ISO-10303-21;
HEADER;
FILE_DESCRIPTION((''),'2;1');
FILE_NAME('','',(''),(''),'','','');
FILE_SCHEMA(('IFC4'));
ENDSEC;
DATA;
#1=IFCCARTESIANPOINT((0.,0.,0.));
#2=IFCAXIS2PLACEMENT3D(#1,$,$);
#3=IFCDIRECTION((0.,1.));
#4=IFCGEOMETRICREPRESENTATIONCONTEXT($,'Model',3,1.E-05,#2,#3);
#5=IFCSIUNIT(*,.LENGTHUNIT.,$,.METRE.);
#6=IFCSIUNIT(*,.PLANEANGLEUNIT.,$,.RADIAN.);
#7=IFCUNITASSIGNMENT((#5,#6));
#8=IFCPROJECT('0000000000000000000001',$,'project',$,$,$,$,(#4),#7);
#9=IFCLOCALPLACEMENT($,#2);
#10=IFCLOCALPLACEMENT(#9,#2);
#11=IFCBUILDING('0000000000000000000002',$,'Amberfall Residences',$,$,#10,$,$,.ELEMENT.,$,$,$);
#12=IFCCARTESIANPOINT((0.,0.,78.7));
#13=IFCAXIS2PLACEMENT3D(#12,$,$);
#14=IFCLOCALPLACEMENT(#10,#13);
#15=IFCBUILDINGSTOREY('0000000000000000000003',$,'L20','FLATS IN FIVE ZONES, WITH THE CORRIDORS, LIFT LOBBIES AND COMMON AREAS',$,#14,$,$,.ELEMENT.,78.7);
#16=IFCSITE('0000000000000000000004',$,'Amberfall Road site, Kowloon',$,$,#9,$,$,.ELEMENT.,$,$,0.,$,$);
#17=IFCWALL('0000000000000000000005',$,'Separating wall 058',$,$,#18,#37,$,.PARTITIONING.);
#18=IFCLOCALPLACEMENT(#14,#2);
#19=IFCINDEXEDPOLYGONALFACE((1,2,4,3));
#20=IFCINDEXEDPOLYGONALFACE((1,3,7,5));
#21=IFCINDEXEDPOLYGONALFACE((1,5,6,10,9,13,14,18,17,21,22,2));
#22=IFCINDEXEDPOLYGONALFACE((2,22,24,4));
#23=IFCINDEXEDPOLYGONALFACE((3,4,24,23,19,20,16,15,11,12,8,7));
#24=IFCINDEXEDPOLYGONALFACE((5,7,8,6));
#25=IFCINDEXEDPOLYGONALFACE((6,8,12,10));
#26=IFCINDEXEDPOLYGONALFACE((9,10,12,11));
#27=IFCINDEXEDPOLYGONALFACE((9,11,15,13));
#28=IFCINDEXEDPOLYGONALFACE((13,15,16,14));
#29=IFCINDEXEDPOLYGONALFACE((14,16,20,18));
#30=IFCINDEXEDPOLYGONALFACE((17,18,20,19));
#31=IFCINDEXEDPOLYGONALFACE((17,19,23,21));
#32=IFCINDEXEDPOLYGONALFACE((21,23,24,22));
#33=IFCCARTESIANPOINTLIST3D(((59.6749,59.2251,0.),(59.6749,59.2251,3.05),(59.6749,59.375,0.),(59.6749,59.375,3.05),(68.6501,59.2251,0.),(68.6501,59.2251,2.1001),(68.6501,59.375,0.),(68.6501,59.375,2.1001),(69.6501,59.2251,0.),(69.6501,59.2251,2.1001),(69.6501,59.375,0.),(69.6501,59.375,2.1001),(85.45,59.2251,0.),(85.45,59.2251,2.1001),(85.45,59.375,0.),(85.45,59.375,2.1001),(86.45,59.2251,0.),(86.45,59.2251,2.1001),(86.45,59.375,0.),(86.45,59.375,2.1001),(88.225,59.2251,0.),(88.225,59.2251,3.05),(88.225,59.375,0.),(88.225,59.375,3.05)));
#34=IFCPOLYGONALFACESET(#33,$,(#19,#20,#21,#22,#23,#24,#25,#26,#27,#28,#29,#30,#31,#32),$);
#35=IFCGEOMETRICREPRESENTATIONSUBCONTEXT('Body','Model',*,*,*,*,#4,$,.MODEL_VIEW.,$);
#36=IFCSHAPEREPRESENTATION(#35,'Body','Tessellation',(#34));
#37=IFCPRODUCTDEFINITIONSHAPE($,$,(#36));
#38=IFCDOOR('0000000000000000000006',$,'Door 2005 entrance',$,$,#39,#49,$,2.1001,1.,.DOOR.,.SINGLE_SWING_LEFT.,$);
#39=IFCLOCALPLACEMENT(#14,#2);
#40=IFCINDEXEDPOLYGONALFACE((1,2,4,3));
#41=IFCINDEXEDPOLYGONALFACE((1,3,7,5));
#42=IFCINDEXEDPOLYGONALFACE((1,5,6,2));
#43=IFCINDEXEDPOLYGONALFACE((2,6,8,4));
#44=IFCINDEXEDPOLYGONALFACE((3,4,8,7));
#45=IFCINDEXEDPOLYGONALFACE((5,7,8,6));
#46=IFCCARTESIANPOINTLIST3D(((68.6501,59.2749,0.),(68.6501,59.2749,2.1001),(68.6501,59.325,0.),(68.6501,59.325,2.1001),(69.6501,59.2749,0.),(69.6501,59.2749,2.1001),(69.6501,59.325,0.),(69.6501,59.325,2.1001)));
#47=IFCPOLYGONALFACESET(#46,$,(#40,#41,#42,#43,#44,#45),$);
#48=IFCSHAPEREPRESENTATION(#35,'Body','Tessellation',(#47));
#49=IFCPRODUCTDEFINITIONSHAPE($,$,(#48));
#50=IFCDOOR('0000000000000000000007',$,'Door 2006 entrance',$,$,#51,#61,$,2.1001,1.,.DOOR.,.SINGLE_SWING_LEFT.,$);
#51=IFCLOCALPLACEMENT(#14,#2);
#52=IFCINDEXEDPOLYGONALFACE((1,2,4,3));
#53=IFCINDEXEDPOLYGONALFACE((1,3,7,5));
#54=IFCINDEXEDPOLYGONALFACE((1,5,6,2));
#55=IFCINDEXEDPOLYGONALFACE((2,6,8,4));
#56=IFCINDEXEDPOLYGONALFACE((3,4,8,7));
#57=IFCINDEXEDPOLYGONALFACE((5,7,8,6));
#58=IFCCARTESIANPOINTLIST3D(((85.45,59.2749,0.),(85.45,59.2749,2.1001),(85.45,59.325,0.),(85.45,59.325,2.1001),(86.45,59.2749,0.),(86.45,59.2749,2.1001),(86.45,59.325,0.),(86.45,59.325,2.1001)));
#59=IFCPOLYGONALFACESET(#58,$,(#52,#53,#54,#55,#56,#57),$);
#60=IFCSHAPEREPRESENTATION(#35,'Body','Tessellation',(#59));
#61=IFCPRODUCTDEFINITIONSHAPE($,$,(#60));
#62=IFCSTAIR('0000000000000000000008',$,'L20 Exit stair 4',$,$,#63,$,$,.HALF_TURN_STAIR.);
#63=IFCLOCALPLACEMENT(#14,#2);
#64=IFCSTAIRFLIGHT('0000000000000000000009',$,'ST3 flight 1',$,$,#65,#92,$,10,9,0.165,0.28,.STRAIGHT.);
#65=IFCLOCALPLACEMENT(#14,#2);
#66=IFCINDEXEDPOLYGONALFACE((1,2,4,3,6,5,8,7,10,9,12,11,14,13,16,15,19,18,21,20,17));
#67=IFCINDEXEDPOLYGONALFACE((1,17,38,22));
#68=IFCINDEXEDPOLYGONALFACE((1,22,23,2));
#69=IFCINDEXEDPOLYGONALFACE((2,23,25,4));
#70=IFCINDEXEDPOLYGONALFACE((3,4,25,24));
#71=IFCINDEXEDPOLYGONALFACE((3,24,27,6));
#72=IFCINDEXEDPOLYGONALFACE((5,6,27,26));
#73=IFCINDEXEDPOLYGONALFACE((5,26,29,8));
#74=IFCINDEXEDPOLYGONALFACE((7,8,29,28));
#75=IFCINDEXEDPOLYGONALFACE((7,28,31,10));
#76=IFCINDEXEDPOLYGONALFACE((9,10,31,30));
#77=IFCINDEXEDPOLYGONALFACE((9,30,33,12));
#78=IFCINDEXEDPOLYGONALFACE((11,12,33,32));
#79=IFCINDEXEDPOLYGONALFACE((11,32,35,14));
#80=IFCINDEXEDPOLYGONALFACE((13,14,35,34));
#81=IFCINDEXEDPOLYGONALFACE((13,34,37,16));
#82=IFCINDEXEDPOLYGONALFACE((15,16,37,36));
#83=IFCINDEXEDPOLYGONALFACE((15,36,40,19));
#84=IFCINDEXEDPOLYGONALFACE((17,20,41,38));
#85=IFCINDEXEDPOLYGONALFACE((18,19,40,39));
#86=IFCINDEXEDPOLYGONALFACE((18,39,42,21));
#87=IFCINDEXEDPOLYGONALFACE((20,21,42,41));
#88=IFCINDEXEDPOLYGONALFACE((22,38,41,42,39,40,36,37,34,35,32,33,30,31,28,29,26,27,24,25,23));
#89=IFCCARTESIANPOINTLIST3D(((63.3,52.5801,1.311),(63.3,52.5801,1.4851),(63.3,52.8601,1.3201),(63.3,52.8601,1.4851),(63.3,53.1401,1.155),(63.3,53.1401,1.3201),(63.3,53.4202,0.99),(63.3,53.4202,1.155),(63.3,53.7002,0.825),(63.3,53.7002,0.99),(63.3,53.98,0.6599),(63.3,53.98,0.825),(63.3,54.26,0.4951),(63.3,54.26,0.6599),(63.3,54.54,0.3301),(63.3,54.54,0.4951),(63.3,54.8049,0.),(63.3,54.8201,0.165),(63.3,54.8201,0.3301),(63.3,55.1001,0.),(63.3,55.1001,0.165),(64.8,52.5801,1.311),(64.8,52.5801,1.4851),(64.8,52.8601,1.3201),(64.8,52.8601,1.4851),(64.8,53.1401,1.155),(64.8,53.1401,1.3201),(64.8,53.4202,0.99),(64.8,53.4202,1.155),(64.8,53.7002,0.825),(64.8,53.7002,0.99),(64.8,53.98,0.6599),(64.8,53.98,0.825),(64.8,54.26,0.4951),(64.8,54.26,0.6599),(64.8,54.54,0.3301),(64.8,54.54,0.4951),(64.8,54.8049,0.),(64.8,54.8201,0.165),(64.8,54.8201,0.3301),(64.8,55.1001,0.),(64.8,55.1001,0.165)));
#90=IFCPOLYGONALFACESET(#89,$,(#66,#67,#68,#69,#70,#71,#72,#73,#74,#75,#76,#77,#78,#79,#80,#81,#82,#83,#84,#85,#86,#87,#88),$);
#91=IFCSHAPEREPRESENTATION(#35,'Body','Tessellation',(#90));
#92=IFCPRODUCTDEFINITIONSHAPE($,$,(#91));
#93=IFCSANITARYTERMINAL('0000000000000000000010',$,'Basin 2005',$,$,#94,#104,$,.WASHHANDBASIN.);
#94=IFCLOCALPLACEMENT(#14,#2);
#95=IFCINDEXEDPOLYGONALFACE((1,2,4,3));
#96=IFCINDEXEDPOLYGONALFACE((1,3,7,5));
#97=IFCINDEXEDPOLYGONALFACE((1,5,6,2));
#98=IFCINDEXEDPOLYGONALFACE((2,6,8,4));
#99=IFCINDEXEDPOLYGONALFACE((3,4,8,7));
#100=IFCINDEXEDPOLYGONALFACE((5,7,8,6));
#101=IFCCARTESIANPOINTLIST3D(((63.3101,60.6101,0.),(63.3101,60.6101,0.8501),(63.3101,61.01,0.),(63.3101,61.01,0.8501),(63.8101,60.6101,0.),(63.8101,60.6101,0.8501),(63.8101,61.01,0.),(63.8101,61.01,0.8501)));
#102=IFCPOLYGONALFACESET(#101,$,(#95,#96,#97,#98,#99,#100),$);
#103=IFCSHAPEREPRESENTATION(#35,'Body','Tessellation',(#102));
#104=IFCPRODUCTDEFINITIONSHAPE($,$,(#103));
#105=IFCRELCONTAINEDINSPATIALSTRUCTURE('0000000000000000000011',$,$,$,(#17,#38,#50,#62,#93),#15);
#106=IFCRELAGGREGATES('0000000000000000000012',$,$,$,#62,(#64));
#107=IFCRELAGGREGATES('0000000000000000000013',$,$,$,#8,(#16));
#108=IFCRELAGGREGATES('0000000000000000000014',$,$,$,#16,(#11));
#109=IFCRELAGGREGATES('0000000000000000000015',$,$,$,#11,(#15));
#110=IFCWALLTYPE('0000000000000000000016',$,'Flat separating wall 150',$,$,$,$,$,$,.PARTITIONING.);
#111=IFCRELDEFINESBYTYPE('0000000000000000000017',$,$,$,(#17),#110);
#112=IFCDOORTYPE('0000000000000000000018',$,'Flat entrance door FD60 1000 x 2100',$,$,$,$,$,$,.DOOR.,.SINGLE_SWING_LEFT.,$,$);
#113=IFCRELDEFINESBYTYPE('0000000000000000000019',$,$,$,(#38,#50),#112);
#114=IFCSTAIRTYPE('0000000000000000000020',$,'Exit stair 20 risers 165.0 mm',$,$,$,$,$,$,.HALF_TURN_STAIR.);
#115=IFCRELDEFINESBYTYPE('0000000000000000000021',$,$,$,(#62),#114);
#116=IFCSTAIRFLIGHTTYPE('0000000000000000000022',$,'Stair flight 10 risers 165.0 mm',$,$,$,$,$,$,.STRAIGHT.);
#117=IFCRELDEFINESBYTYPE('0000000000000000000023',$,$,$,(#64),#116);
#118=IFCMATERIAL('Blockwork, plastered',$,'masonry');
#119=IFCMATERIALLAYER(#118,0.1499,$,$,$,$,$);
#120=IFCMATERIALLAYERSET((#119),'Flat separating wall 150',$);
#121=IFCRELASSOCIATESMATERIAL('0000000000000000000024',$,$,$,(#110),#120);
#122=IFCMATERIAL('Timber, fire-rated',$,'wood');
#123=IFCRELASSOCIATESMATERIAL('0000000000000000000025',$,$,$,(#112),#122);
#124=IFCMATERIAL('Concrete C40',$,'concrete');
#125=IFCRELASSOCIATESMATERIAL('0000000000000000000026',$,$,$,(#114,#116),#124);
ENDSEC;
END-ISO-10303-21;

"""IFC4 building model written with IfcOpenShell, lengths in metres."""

from ifc_helpers import new_model, si_unit, direction, frame, frame_2d, origin, origin_2d, place, context, subcontext, project, spatial, polyline, rectangle, outline, extrude, material, layer, layer_set, type_object, element, fill, aggregate, save


model = new_model("IFC4")

# Units and contexts
model_context = context("Model", 3, precision=1e-05, world=origin(), true_north=direction((0.0, 1.0)))
body_context = subcontext(model_context, "Body", "Model", "MODEL_VIEW")
ifc_project = project(units=[si_unit("LENGTHUNIT", "METRE"), si_unit("PLANEANGLEUNIT", "RADIAN")], contexts=[model_context])

# Site, building, storey
site_placement = place(None, origin())
site = spatial("IfcSite", under=ifc_project, at=site_placement, Name="Amberfall Road site, Kowloon", CompositionType="ELEMENT", RefElevation=0.0)
building_placement = place(site_placement, origin())
building = spatial("IfcBuilding", under=site, at=building_placement, Name="Amberfall Residences", CompositionType="ELEMENT")
storey_placement = place(building_placement, frame((0.0, 0.0, 78.7)))
storey = spatial("IfcBuildingStorey", under=building, at=storey_placement, Name="L20", Description="FLATS IN FIVE ZONES, WITH THE CORRIDORS, LIFT LOBBIES AND COMMON AREAS", CompositionType="ELEMENT", Elevation=78.7)

# Shared definitions
ifc_material_1 = material(Name="Blockwork, plastered", Category="masonry")
ifc_layer_1 = layer(ifc_material_1, 0.1499)
ifc_layer_set_1 = layer_set([ifc_layer_1], Name="Flat separating wall 150")
wall_type_1 = type_object("IfcWallType", Name="Flat separating wall 150", PredefinedType="PARTITIONING", material=ifc_layer_set_1)

# Wall, openings, doors
wall_1_placement = place(storey_placement, frame((59.675, 59.3, 0.0), z_axis=(0.0, 0.0, 1.0), x_axis=(1.0, 0.0, 0.0)))
wall_1 = element("IfcWall", 1, at=wall_1_placement, inside=storey, type_object=wall_type_1, Name="Separating wall 058", PredefinedType="PARTITIONING", context=body_context, shape_type="SweptSolid", body=[
    extrude(rectangle(XDim=28.55, YDim=0.1499, at=frame_2d((14.2749, 0.0))), origin(), (0.0, 0.0, 1.0), 3.05),
])
opening_1_placement = place(wall_1_placement, frame((8.9751, 0.0, 0.0)))
opening_1 = element("IfcOpeningElement", 2, at=opening_1_placement, cuts=wall_1, PredefinedType="OPENING", context=body_context, shape_type="SweptSolid", body=[
    extrude(rectangle(XDim=1.0, YDim=2.1001, at=frame_2d((0.5, 1.05))), frame((0.0, 0.085, 0.0), z_axis=(0.0, -1.0, 0.0), x_axis=(1.0, 0.0, 0.0)), (0.0, 0.0, 1.0), 0.1699),
])
opening_2_placement = place(wall_1_placement, frame((25.7749, 0.0, 0.0)))
opening_2 = element("IfcOpeningElement", 3, at=opening_2_placement, cuts=wall_1, PredefinedType="OPENING", context=body_context, shape_type="SweptSolid", body=[
    extrude(rectangle(XDim=1.0, YDim=2.1001, at=frame_2d((0.5, 1.05))), frame((0.0, 0.085, 0.0), z_axis=(0.0, -1.0, 0.0), x_axis=(1.0, 0.0, 0.0)), (0.0, 0.0, 1.0), 0.1699),
])
ifc_material_2 = material(Name="Timber, fire-rated", Category="wood")
door_type_1 = type_object("IfcDoorType", Name="Flat entrance door FD60 1000 x 2100", OperationType="SINGLE_SWING_LEFT", PredefinedType="DOOR", material=ifc_material_2)
door_1_placement = place(opening_1_placement, origin())
door_1 = element("IfcDoor", 4, at=door_1_placement, inside=storey, type_object=door_type_1, Name="Door 2005 entrance", OperationType="SINGLE_SWING_LEFT", OverallHeight=2.1001, OverallWidth=1.0, PredefinedType="DOOR", context=body_context, shape_type="SweptSolid", body=[
    extrude(rectangle(XDim=1.0, YDim=2.1001, at=frame_2d((0.5, 1.05))), frame((0.0, 0.0249, 0.0), z_axis=(0.0, -1.0, 0.0), x_axis=(1.0, 0.0, 0.0)), (0.0, 0.0, 1.0), 0.05),
])
fill(opening_1, door_1)
door_2_placement = place(opening_2_placement, origin())
door_2 = element("IfcDoor", 5, at=door_2_placement, inside=storey, type_object=door_type_1, Name="Door 2006 entrance", OperationType="SINGLE_SWING_LEFT", OverallHeight=2.1001, OverallWidth=1.0, PredefinedType="DOOR", context=body_context, shape_type="SweptSolid", body=[
    extrude(rectangle(XDim=1.0, YDim=2.1001, at=frame_2d((0.5, 1.05))), frame((0.0, 0.0249, 0.0), z_axis=(0.0, -1.0, 0.0), x_axis=(1.0, 0.0, 0.0)), (0.0, 0.0, 1.0), 0.05),
])
fill(opening_2, door_2)

# Stair, stair flight
ifc_material_3 = material(Name="Concrete C40", Category="concrete")
stair_type = type_object("IfcStairType", Name="Exit stair 20 risers 165.0 mm", PredefinedType="HALF_TURN_STAIR", material=ifc_material_3)
stair_placement = place(storey_placement, origin())
stair = element("IfcStair", 6, at=stair_placement, inside=storey, type_object=stair_type, Name="L20 Exit stair 4", PredefinedType="HALF_TURN_STAIR")
stair_flight_type = type_object("IfcStairFlightType", Name="Stair flight 10 risers 165.0 mm", PredefinedType="STRAIGHT", material=ifc_material_3)
stair_flight_placement = place(storey_placement, frame((64.05, 55.1001, 0.0), z_axis=(0.0, 0.0, 1.0), x_axis=(0.0, -1.0, 0.0)))
stair_flight = element("IfcStairFlight", 7, at=stair_flight_placement, type_object=stair_flight_type, Name="ST3 flight 1", NumberOfRisers=10, NumberOfTreads=9, PredefinedType="STRAIGHT", RiserHeight=0.165, TreadLength=0.28, context=body_context, shape_type="SweptSolid", body=[
    extrude(outline(polyline([(0.0, 0.0), (0.0, 0.165), (0.28, 0.165), (0.28, 0.3301), (0.5601, 0.3301), (0.5601, 0.4951), (0.8401, 0.4951), (0.8401, 0.6599), (1.1201, 0.6599), (1.1201, 0.825), (1.3999, 0.825), (1.3999, 0.99), (1.6799, 0.99), (1.6799, 1.155), (1.96, 1.155), (1.96, 1.3201), (2.24, 1.3201), (2.24, 1.4851), (2.52, 1.4851), (2.52, 1.6499), (2.52, 1.311), (0.2952, 0.0), (0.0, 0.0)])), frame((0.0, 0.75, 0.0), z_axis=(0.0, -1.0, 0.0), x_axis=(1.0, 0.0, 0.0)), (0.0, 0.0, 1.0), 1.5),
])
aggregate(stair, [stair_flight])

# Sanitary terminal
sanitary_terminal_placement = place(storey_placement, frame((63.5601, 60.8101, 0.0), z_axis=(0.0, 0.0, 1.0), x_axis=(1.0, 0.0, 0.0)))
element("IfcSanitaryTerminal", 8, at=sanitary_terminal_placement, inside=storey, Name="Basin 2005", PredefinedType="WASHHANDBASIN", context=body_context, shape_type="SweptSolid", body=[
    extrude(rectangle(XDim=0.5, YDim=0.3999, at=origin_2d()), origin(), (0.0, 0.0, 1.0), 0.8501),
])

save(model, "model.ifc")
